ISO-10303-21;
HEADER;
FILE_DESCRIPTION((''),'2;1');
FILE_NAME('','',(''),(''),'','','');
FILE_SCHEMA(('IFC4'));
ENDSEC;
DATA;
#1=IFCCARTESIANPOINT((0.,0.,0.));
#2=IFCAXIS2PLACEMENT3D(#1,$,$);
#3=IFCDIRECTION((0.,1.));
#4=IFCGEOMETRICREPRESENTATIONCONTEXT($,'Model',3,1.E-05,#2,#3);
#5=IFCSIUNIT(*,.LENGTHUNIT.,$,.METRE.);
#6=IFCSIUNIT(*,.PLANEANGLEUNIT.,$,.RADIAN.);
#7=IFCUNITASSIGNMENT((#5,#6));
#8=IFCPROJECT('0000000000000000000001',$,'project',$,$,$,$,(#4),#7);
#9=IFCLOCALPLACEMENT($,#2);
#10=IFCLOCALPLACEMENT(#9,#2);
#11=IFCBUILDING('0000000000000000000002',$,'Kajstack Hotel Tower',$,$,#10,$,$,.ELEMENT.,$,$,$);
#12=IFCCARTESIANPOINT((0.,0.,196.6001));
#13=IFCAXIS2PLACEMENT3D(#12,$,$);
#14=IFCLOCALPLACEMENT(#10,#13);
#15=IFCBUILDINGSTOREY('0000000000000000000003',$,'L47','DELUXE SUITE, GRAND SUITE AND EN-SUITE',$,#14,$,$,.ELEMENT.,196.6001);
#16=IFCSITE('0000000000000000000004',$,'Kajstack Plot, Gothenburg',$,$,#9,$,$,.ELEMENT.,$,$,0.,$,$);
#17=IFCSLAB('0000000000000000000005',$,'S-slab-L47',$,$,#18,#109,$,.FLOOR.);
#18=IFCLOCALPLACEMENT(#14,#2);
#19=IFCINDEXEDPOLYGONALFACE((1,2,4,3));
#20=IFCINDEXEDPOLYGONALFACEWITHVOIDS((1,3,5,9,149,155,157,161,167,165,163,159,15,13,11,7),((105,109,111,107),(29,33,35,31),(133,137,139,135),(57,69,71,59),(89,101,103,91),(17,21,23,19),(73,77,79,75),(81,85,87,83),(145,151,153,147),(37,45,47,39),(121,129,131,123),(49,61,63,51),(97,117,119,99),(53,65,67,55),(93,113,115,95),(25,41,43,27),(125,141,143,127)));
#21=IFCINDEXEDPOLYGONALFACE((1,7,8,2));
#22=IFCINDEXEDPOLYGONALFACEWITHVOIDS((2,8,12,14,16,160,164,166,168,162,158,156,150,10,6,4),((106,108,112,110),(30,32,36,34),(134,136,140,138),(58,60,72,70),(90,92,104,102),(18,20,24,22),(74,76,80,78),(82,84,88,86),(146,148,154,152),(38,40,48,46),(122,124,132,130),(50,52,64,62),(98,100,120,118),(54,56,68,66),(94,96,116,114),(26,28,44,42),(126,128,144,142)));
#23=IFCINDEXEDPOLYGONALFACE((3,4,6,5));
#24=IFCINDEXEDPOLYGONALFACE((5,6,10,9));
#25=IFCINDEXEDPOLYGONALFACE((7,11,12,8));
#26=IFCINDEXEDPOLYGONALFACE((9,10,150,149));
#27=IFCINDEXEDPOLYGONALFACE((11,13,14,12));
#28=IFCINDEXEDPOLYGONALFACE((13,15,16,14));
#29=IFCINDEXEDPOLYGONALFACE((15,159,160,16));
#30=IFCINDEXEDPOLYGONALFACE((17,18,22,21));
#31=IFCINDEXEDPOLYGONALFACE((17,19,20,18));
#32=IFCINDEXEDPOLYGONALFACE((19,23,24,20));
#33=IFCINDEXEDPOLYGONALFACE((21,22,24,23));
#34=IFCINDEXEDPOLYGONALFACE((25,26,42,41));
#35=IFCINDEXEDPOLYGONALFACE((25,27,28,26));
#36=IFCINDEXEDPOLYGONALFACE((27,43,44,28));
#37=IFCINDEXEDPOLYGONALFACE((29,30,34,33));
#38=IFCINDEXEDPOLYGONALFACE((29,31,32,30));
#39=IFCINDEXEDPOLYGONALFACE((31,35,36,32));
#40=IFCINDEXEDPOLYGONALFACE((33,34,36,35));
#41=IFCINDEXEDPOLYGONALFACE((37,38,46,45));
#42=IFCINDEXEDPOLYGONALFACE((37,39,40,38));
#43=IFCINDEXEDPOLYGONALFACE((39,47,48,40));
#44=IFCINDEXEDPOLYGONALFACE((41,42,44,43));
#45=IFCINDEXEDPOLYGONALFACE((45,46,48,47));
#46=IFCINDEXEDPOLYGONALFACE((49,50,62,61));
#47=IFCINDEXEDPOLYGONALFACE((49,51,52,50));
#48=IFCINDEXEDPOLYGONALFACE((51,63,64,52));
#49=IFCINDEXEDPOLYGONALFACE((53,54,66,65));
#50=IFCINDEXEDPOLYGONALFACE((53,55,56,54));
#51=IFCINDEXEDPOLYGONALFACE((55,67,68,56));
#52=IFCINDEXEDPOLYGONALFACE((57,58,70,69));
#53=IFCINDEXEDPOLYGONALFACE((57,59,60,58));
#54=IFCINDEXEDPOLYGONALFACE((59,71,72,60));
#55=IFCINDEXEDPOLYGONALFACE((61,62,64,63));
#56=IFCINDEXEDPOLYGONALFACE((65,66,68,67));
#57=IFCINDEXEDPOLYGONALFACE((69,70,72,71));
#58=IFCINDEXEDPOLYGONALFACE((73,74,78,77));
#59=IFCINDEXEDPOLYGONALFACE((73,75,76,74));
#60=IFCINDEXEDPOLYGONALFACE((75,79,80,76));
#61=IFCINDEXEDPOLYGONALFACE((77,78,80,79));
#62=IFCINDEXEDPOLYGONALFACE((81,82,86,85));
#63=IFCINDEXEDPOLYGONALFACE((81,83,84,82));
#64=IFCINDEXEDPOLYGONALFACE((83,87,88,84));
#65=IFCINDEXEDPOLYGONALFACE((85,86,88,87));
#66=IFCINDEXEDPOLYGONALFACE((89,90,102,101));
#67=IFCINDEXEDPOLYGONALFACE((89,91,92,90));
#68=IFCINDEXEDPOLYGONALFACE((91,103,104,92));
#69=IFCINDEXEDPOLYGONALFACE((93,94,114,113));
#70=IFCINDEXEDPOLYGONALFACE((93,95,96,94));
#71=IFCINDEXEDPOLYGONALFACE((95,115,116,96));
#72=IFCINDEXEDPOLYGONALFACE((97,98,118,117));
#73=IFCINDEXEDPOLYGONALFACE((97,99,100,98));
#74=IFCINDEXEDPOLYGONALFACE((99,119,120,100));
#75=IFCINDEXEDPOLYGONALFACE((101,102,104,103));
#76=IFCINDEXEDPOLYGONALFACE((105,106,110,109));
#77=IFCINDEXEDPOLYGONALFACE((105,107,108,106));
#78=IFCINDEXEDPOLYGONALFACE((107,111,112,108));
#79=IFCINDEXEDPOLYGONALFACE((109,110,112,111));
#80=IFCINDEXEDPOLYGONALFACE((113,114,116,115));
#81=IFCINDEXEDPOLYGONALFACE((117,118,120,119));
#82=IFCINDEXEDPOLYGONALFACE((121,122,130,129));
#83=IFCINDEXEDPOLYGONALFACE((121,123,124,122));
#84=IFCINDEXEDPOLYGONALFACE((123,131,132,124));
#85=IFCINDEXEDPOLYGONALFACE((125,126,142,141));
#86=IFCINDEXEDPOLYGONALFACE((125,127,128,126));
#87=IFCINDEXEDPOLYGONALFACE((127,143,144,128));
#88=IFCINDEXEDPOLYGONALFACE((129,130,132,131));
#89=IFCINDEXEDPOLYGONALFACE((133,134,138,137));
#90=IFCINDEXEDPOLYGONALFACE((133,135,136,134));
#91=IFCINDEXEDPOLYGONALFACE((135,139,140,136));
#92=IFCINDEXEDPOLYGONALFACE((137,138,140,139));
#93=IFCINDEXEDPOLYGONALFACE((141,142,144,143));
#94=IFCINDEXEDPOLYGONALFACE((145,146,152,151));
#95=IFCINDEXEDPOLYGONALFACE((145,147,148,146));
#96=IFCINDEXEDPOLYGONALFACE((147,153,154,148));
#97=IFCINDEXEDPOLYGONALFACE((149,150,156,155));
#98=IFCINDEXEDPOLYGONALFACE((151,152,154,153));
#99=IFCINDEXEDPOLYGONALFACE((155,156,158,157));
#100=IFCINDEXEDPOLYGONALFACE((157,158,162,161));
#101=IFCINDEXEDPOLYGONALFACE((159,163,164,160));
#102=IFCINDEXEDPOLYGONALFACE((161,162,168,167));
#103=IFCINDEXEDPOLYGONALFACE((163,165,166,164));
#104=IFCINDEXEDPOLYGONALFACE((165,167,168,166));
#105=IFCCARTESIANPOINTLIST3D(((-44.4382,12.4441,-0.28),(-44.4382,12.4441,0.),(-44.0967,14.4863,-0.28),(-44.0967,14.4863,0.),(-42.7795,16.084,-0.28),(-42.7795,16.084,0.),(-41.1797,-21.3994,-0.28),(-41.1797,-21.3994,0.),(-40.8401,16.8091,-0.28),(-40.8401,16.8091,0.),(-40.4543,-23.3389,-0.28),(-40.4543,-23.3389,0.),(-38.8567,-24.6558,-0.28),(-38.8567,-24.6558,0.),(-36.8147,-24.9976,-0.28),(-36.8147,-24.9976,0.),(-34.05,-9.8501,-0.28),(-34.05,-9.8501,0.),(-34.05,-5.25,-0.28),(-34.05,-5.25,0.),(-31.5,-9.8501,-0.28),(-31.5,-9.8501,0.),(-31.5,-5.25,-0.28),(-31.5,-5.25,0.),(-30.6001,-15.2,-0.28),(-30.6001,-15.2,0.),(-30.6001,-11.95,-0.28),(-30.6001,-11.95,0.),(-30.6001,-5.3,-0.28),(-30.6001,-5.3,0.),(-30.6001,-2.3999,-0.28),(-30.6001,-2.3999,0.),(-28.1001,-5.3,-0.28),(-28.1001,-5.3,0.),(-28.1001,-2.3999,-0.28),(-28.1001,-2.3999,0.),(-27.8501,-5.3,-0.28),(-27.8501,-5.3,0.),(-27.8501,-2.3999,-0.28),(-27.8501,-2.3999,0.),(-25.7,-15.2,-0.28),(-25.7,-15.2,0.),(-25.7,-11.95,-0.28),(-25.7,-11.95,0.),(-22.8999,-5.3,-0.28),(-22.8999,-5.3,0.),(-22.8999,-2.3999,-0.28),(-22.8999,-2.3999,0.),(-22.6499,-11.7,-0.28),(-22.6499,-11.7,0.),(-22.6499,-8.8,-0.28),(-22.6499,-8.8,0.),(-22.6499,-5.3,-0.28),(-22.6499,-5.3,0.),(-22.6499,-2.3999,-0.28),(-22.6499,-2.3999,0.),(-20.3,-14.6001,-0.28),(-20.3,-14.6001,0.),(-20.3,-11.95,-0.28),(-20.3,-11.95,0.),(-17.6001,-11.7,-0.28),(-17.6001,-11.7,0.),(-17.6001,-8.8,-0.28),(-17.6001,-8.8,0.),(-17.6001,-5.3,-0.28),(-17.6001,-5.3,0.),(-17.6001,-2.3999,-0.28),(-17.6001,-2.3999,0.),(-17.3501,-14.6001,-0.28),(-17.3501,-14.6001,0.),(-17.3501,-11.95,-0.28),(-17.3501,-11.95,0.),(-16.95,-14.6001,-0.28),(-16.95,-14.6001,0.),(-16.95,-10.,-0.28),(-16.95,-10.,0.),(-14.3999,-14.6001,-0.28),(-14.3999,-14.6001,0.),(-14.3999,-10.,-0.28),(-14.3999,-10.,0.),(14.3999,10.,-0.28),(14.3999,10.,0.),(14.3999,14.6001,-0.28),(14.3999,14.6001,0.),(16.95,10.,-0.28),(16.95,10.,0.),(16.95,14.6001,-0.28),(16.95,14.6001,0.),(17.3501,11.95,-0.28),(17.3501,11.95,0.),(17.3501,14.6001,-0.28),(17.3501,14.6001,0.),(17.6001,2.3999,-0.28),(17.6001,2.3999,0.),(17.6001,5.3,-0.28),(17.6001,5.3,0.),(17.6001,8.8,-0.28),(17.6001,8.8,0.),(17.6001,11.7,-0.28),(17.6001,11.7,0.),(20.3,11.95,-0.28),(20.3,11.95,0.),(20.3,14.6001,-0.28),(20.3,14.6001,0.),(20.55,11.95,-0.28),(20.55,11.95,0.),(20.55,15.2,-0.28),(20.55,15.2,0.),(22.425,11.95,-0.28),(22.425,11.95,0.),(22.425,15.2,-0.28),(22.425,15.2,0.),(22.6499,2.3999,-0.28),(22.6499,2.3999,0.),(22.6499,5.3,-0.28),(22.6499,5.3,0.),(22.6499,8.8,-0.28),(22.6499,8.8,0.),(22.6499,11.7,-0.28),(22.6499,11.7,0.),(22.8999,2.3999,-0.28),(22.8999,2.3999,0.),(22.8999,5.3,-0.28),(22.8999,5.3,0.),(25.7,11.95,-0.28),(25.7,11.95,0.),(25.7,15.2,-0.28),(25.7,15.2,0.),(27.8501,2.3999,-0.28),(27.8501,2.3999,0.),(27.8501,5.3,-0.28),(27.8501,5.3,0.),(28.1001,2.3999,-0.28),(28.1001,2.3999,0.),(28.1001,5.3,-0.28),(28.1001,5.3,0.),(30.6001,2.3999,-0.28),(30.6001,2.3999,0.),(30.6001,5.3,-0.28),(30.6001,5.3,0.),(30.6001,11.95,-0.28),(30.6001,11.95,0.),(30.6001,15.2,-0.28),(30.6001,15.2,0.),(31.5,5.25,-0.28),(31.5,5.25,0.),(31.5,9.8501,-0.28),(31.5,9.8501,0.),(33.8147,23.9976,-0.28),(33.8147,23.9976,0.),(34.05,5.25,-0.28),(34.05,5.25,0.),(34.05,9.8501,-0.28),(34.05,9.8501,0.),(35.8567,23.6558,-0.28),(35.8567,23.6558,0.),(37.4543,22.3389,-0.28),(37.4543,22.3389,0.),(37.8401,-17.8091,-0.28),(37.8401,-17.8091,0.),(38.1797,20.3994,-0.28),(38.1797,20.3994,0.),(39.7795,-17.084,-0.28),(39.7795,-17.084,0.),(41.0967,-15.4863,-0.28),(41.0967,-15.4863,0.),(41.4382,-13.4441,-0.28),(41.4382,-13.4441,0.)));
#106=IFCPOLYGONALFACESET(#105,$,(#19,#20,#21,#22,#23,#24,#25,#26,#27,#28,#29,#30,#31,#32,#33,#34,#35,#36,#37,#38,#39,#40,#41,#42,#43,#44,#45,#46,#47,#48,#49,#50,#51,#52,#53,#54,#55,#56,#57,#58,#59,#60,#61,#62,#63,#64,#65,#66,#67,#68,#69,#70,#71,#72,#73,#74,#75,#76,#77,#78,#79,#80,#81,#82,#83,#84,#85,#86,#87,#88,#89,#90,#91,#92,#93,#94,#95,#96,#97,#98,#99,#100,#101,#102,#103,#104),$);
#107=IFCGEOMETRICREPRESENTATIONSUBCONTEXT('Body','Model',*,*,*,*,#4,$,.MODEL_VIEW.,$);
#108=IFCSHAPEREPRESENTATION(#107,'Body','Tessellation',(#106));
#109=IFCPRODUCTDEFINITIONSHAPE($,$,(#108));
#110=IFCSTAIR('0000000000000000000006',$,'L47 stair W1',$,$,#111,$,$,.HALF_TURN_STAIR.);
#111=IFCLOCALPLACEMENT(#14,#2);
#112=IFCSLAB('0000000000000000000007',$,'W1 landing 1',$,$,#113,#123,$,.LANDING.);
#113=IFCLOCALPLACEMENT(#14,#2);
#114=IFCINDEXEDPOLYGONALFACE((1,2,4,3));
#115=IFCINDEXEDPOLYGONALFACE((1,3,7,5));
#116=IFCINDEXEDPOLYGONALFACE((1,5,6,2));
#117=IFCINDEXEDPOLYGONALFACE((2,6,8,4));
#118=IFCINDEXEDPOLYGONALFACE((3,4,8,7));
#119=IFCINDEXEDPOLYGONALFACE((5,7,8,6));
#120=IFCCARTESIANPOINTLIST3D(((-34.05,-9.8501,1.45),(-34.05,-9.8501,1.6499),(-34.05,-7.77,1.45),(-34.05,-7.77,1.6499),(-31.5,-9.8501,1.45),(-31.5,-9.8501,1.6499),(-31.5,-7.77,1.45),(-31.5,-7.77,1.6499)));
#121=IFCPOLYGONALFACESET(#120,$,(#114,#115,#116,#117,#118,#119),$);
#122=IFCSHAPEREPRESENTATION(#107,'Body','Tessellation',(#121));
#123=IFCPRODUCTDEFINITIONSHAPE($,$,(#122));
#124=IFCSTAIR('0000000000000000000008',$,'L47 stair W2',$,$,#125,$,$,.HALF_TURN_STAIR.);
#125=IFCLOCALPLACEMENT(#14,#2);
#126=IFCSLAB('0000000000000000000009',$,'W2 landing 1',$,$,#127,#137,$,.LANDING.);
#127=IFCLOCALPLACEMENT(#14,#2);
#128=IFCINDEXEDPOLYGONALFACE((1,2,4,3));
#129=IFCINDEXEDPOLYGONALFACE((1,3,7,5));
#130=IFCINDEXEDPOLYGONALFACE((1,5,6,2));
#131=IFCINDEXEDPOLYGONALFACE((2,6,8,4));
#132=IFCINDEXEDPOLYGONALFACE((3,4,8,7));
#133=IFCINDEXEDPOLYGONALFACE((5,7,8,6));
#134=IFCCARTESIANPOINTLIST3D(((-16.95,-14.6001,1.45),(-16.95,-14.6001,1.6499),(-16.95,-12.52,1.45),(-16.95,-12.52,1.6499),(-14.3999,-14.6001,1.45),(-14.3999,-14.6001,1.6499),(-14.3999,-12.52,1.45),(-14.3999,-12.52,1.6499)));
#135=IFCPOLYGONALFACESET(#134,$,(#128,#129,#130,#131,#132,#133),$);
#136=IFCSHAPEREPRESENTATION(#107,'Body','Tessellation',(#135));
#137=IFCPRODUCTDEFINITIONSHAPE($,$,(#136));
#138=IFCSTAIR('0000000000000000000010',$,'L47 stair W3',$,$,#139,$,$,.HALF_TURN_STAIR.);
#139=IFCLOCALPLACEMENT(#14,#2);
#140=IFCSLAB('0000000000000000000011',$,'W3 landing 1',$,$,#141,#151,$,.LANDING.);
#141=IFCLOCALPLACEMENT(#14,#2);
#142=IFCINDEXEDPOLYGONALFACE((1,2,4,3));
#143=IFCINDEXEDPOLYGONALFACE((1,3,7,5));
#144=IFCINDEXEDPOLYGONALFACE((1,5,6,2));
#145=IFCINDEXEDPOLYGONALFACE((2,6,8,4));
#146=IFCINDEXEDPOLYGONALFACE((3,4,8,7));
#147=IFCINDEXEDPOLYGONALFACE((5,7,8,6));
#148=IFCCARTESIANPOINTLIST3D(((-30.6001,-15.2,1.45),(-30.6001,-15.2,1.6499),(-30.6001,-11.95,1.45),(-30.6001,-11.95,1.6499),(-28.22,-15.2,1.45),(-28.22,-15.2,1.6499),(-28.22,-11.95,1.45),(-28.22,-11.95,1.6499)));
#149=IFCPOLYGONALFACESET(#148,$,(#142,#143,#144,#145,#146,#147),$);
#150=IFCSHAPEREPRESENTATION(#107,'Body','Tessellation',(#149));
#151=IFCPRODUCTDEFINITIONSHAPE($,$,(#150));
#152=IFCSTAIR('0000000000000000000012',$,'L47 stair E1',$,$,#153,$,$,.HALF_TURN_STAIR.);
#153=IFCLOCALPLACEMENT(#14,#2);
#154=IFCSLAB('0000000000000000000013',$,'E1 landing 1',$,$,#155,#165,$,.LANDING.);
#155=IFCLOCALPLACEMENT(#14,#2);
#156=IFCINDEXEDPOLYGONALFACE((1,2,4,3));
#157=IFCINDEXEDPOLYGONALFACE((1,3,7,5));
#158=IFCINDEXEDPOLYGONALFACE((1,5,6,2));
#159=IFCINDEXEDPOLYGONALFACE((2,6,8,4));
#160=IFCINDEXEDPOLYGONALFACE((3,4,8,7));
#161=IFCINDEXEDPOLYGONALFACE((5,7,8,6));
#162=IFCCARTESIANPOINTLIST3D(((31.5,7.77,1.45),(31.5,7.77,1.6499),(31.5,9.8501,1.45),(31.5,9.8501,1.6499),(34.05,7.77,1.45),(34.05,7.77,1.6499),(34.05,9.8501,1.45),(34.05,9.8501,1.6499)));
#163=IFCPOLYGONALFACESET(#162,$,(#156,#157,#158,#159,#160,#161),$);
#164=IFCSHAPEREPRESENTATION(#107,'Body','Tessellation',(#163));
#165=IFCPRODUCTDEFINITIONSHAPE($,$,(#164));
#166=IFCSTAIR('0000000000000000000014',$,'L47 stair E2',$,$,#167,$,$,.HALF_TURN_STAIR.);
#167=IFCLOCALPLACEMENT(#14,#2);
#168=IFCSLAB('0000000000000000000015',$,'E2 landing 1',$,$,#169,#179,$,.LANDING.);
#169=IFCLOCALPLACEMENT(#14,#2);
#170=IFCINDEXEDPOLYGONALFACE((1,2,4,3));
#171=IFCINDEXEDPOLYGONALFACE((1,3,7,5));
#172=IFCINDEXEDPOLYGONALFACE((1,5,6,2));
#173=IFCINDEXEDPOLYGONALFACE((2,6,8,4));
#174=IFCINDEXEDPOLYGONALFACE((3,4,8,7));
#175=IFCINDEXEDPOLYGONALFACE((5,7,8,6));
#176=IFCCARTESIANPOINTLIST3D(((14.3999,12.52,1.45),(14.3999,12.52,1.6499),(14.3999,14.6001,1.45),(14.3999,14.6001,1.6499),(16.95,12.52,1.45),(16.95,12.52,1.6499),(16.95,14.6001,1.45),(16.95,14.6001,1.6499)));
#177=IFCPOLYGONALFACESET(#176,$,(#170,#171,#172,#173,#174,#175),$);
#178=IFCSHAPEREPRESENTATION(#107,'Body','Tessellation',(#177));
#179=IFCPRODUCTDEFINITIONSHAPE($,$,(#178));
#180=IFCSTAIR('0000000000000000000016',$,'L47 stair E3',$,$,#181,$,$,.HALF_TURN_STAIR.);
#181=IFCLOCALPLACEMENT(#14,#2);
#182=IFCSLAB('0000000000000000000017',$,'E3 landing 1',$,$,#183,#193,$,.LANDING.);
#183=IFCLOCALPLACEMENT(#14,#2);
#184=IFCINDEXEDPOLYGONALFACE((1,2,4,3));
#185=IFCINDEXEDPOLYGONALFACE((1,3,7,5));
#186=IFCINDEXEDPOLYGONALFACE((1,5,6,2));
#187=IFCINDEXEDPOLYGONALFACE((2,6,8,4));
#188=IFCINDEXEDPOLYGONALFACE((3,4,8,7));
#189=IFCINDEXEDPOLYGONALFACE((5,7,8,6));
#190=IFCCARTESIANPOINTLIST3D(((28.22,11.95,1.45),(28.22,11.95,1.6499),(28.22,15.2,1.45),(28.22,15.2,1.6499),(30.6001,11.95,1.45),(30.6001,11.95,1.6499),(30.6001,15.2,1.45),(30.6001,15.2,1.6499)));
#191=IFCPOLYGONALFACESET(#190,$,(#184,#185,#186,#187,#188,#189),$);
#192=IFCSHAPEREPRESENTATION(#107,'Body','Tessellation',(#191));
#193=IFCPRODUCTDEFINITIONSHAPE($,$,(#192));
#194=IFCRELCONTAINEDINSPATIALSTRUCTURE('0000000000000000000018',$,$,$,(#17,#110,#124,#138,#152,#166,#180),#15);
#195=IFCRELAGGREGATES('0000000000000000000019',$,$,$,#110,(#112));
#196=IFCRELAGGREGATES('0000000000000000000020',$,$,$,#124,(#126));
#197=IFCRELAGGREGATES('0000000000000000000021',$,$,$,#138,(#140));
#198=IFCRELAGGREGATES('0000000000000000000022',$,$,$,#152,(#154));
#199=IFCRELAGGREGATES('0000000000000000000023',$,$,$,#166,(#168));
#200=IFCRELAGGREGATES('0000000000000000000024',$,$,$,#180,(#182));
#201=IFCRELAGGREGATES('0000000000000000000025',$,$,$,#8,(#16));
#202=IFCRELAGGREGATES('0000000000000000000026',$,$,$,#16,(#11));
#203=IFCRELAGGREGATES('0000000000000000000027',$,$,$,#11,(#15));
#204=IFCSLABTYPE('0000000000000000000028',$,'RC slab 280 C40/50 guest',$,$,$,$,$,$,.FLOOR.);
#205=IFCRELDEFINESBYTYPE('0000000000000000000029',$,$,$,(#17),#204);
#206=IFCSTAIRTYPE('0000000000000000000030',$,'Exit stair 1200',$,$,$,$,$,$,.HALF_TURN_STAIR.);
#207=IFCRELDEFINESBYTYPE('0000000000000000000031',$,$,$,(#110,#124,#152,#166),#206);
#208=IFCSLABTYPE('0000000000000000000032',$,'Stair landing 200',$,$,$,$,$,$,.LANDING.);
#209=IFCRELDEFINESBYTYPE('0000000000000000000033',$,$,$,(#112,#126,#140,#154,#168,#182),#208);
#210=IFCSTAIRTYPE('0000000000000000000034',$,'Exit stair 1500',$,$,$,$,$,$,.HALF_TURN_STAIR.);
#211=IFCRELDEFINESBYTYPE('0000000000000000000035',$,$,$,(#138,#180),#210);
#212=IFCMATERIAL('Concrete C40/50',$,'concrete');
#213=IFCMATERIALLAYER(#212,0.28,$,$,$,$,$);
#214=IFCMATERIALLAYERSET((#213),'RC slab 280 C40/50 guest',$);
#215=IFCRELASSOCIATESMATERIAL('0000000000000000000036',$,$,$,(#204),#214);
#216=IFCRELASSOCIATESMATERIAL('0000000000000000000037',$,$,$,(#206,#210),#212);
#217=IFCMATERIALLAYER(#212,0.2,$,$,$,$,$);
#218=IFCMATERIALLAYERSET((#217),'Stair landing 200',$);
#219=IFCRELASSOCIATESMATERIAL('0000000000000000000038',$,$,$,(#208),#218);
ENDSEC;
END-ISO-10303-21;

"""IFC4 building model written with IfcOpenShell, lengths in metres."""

from ifc_helpers import new_model, si_unit, direction, frame, origin, place, context, subcontext, project, spatial, polyline, outline, extrude, material, layer, layer_set, type_object, element, aggregate, save


model = new_model("IFC4")

# Units and contexts
model_context = context("Model", 3, precision=1e-05, world=origin(), true_north=direction((0.0, 1.0)))
body_context = subcontext(model_context, "Body", "Model", "MODEL_VIEW")
ifc_project = project(units=[si_unit("LENGTHUNIT", "METRE"), si_unit("PLANEANGLEUNIT", "RADIAN")], contexts=[model_context])

# Site, building, storey
site_placement = place(None, origin())
site = spatial("IfcSite", under=ifc_project, at=site_placement, Name="Kajstack Plot, Gothenburg", CompositionType="ELEMENT", RefElevation=0.0)
building_placement = place(site_placement, origin())
building = spatial("IfcBuilding", under=site, at=building_placement, Name="Kajstack Hotel Tower", CompositionType="ELEMENT")
storey_placement = place(building_placement, frame((0.0, 0.0, 196.6001)))
storey = spatial("IfcBuildingStorey", under=building, at=storey_placement, Name="L47", Description="DELUXE SUITE, GRAND SUITE AND EN-SUITE", CompositionType="ELEMENT", Elevation=196.6001)

# Slab
ifc_material_1 = material(Name="Concrete C40/50", Category="concrete")
ifc_layer_1 = layer(ifc_material_1, 0.28)
ifc_layer_set_1 = layer_set([ifc_layer_1], Name="RC slab 280 C40/50 guest")
slab_type_1 = type_object("IfcSlabType", Name="RC slab 280 C40/50 guest", PredefinedType="FLOOR", material=ifc_layer_set_1)
slab_1_placement = place(storey_placement, frame((0.0, 0.0, -0.28)))
element("IfcSlab", 1, at=slab_1_placement, inside=storey, type_object=slab_type_1, Name="S-slab-L47", PredefinedType="FLOOR", context=body_context, shape_type="SweptSolid", body=[
    extrude(outline(polyline([(-44.4382, 12.4441), (-41.1797, -21.3994), (-40.4543, -23.3389), (-38.8567, -24.6558), (-36.8147, -24.9976), (37.8401, -17.8091), (39.7795, -17.084), (41.0967, -15.4863), (41.4382, -13.4441), (38.1797, 20.3994), (37.4543, 22.3389), (35.8567, 23.6558), (33.8147, 23.9976), (-40.8401, 16.8091), (-42.7795, 16.084), (-44.0967, 14.4863), (-44.4382, 12.4441)]), holes=[polyline([(-22.6499, -11.7), (-22.6499, -8.8), (-17.6001, -8.8), (-17.6001, -11.7), (-22.6499, -11.7)]), polyline([(-27.8501, -5.3), (-27.8501, -2.3999), (-22.8999, -2.3999), (-22.8999, -5.3), (-27.8501, -5.3)]), polyline([(-22.6499, -5.3), (-22.6499, -2.3999), (-17.6001, -2.3999), (-17.6001, -5.3), (-22.6499, -5.3)]), polyline([(-20.3, -14.6001), (-17.3501, -14.6001), (-17.3501, -11.95), (-20.3, -11.95), (-20.3, -14.6001)]), polyline([(-30.6001, -5.3), (-28.1001, -5.3), (-28.1001, -2.3999), (-30.6001, -2.3999), (-30.6001, -5.3)]), polyline([(17.6001, 8.8), (17.6001, 11.7), (22.6499, 11.7), (22.6499, 8.8), (17.6001, 8.8)]), polyline([(22.8999, 2.3999), (22.8999, 5.3), (27.8501, 5.3), (27.8501, 2.3999), (22.8999, 2.3999)]), polyline([(17.6001, 2.3999), (17.6001, 5.3), (22.6499, 5.3), (22.6499, 2.3999), (17.6001, 2.3999)]), polyline([(20.3, 14.6001), (17.3501, 14.6001), (17.3501, 11.95), (20.3, 11.95), (20.3, 14.6001)]), polyline([(30.6001, 5.3), (28.1001, 5.3), (28.1001, 2.3999), (30.6001, 2.3999), (30.6001, 5.3)]), polyline([(-34.05, -9.8501), (-31.5, -9.8501), (-31.5, -5.25), (-34.05, -5.25), (-34.05, -9.8501)]), polyline([(-16.95, -14.6001), (-14.3999, -14.6001), (-14.3999, -10.0), (-16.95, -10.0), (-16.95, -14.6001)]), polyline([(-30.6001, -15.2), (-25.7, -15.2), (-25.7, -11.95), (-30.6001, -11.95), (-30.6001, -15.2)]), polyline([(34.05, 9.8501), (31.5, 9.8501), (31.5, 5.25), (34.05, 5.25), (34.05, 9.8501)]), polyline([(16.95, 14.6001), (14.3999, 14.6001), (14.3999, 10.0), (16.95, 10.0), (16.95, 14.6001)]), polyline([(30.6001, 15.2), (25.7, 15.2), (25.7, 11.95), (30.6001, 11.95), (30.6001, 15.2)]), polyline([(22.425, 15.2), (22.425, 11.95), (20.55, 11.95), (20.55, 15.2), (22.425, 15.2)])]), origin(), (0.0, 0.0, 1.0), 0.28),
])

# Stairs, slabs
stair_type_1 = type_object("IfcStairType", Name="Exit stair 1200", PredefinedType="HALF_TURN_STAIR", material=ifc_material_1)
stair_1_placement = place(storey_placement, origin())
stair_1 = element("IfcStair", 2, at=stair_1_placement, inside=storey, type_object=stair_type_1, Name="L47 stair W1", PredefinedType="HALF_TURN_STAIR")
ifc_layer_2 = layer(ifc_material_1, 0.2)
ifc_layer_set_2 = layer_set([ifc_layer_2], Name="Stair landing 200")
slab_type_2 = type_object("IfcSlabType", Name="Stair landing 200", PredefinedType="LANDING", material=ifc_layer_set_2)
slab_2_placement = place(storey_placement, frame((0.0, 0.0, 1.45)))
slab_2 = element("IfcSlab", 3, at=slab_2_placement, type_object=slab_type_2, Name="W1 landing 1", PredefinedType="LANDING", context=body_context, shape_type="SweptSolid", body=[
    extrude(outline(polyline([(-34.05, -7.77), (-34.05, -9.8501), (-31.5, -9.8501), (-31.5, -7.77), (-34.05, -7.77)])), origin(), (0.0, 0.0, 1.0), 0.2),
])
aggregate(stair_1, [slab_2])
stair_2_placement = place(storey_placement, origin())
stair_2 = element("IfcStair", 4, at=stair_2_placement, inside=storey, type_object=stair_type_1, Name="L47 stair W2", PredefinedType="HALF_TURN_STAIR")
slab_3_placement = place(storey_placement, frame((0.0, 0.0, 1.45)))
slab_3 = element("IfcSlab", 5, at=slab_3_placement, type_object=slab_type_2, Name="W2 landing 1", PredefinedType="LANDING", context=body_context, shape_type="SweptSolid", body=[
    extrude(outline(polyline([(-16.95, -12.52), (-16.95, -14.6001), (-14.3999, -14.6001), (-14.3999, -12.52), (-16.95, -12.52)])), origin(), (0.0, 0.0, 1.0), 0.2),
])
aggregate(stair_2, [slab_3])
stair_type_2 = type_object("IfcStairType", Name="Exit stair 1500", PredefinedType="HALF_TURN_STAIR", material=ifc_material_1)
stair_3_placement = place(storey_placement, origin())
stair_3 = element("IfcStair", 6, at=stair_3_placement, inside=storey, type_object=stair_type_2, Name="L47 stair W3", PredefinedType="HALF_TURN_STAIR")
slab_4_placement = place(storey_placement, frame((0.0, 0.0, 1.45)))
slab_4 = element("IfcSlab", 7, at=slab_4_placement, type_object=slab_type_2, Name="W3 landing 1", PredefinedType="LANDING", context=body_context, shape_type="SweptSolid", body=[
    extrude(outline(polyline([(-28.22, -11.95), (-30.6001, -11.95), (-30.6001, -15.2), (-28.22, -15.2), (-28.22, -11.95)])), origin(), (0.0, 0.0, 1.0), 0.2),
])
aggregate(stair_3, [slab_4])
stair_4_placement = place(storey_placement, origin())
stair_4 = element("IfcStair", 8, at=stair_4_placement, inside=storey, type_object=stair_type_1, Name="L47 stair E1", PredefinedType="HALF_TURN_STAIR")
slab_5_placement = place(storey_placement, frame((0.0, 0.0, 1.45)))
slab_5 = element("IfcSlab", 9, at=slab_5_placement, type_object=slab_type_2, Name="E1 landing 1", PredefinedType="LANDING", context=body_context, shape_type="SweptSolid", body=[
    extrude(outline(polyline([(34.05, 7.77), (34.05, 9.8501), (31.5, 9.8501), (31.5, 7.77), (34.05, 7.77)])), origin(), (0.0, 0.0, 1.0), 0.2),
])
aggregate(stair_4, [slab_5])
stair_5_placement = place(storey_placement, origin())
stair_5 = element("IfcStair", 10, at=stair_5_placement, inside=storey, type_object=stair_type_1, Name="L47 stair E2", PredefinedType="HALF_TURN_STAIR")
slab_6_placement = place(storey_placement, frame((0.0, 0.0, 1.45)))
slab_6 = element("IfcSlab", 11, at=slab_6_placement, type_object=slab_type_2, Name="E2 landing 1", PredefinedType="LANDING", context=body_context, shape_type="SweptSolid", body=[
    extrude(outline(polyline([(16.95, 12.52), (16.95, 14.6001), (14.3999, 14.6001), (14.3999, 12.52), (16.95, 12.52)])), origin(), (0.0, 0.0, 1.0), 0.2),
])
aggregate(stair_5, [slab_6])
stair_6_placement = place(storey_placement, origin())
stair_6 = element("IfcStair", 12, at=stair_6_placement, inside=storey, type_object=stair_type_2, Name="L47 stair E3", PredefinedType="HALF_TURN_STAIR")
slab_7_placement = place(storey_placement, frame((0.0, 0.0, 1.45)))
slab_7 = element("IfcSlab", 13, at=slab_7_placement, type_object=slab_type_2, Name="E3 landing 1", PredefinedType="LANDING", context=body_context, shape_type="SweptSolid", body=[
    extrude(outline(polyline([(28.22, 11.95), (30.6001, 11.95), (30.6001, 15.2), (28.22, 15.2), (28.22, 11.95)])), origin(), (0.0, 0.0, 1.0), 0.2),
])
aggregate(stair_6, [slab_7])

save(model, "model.ifc")
